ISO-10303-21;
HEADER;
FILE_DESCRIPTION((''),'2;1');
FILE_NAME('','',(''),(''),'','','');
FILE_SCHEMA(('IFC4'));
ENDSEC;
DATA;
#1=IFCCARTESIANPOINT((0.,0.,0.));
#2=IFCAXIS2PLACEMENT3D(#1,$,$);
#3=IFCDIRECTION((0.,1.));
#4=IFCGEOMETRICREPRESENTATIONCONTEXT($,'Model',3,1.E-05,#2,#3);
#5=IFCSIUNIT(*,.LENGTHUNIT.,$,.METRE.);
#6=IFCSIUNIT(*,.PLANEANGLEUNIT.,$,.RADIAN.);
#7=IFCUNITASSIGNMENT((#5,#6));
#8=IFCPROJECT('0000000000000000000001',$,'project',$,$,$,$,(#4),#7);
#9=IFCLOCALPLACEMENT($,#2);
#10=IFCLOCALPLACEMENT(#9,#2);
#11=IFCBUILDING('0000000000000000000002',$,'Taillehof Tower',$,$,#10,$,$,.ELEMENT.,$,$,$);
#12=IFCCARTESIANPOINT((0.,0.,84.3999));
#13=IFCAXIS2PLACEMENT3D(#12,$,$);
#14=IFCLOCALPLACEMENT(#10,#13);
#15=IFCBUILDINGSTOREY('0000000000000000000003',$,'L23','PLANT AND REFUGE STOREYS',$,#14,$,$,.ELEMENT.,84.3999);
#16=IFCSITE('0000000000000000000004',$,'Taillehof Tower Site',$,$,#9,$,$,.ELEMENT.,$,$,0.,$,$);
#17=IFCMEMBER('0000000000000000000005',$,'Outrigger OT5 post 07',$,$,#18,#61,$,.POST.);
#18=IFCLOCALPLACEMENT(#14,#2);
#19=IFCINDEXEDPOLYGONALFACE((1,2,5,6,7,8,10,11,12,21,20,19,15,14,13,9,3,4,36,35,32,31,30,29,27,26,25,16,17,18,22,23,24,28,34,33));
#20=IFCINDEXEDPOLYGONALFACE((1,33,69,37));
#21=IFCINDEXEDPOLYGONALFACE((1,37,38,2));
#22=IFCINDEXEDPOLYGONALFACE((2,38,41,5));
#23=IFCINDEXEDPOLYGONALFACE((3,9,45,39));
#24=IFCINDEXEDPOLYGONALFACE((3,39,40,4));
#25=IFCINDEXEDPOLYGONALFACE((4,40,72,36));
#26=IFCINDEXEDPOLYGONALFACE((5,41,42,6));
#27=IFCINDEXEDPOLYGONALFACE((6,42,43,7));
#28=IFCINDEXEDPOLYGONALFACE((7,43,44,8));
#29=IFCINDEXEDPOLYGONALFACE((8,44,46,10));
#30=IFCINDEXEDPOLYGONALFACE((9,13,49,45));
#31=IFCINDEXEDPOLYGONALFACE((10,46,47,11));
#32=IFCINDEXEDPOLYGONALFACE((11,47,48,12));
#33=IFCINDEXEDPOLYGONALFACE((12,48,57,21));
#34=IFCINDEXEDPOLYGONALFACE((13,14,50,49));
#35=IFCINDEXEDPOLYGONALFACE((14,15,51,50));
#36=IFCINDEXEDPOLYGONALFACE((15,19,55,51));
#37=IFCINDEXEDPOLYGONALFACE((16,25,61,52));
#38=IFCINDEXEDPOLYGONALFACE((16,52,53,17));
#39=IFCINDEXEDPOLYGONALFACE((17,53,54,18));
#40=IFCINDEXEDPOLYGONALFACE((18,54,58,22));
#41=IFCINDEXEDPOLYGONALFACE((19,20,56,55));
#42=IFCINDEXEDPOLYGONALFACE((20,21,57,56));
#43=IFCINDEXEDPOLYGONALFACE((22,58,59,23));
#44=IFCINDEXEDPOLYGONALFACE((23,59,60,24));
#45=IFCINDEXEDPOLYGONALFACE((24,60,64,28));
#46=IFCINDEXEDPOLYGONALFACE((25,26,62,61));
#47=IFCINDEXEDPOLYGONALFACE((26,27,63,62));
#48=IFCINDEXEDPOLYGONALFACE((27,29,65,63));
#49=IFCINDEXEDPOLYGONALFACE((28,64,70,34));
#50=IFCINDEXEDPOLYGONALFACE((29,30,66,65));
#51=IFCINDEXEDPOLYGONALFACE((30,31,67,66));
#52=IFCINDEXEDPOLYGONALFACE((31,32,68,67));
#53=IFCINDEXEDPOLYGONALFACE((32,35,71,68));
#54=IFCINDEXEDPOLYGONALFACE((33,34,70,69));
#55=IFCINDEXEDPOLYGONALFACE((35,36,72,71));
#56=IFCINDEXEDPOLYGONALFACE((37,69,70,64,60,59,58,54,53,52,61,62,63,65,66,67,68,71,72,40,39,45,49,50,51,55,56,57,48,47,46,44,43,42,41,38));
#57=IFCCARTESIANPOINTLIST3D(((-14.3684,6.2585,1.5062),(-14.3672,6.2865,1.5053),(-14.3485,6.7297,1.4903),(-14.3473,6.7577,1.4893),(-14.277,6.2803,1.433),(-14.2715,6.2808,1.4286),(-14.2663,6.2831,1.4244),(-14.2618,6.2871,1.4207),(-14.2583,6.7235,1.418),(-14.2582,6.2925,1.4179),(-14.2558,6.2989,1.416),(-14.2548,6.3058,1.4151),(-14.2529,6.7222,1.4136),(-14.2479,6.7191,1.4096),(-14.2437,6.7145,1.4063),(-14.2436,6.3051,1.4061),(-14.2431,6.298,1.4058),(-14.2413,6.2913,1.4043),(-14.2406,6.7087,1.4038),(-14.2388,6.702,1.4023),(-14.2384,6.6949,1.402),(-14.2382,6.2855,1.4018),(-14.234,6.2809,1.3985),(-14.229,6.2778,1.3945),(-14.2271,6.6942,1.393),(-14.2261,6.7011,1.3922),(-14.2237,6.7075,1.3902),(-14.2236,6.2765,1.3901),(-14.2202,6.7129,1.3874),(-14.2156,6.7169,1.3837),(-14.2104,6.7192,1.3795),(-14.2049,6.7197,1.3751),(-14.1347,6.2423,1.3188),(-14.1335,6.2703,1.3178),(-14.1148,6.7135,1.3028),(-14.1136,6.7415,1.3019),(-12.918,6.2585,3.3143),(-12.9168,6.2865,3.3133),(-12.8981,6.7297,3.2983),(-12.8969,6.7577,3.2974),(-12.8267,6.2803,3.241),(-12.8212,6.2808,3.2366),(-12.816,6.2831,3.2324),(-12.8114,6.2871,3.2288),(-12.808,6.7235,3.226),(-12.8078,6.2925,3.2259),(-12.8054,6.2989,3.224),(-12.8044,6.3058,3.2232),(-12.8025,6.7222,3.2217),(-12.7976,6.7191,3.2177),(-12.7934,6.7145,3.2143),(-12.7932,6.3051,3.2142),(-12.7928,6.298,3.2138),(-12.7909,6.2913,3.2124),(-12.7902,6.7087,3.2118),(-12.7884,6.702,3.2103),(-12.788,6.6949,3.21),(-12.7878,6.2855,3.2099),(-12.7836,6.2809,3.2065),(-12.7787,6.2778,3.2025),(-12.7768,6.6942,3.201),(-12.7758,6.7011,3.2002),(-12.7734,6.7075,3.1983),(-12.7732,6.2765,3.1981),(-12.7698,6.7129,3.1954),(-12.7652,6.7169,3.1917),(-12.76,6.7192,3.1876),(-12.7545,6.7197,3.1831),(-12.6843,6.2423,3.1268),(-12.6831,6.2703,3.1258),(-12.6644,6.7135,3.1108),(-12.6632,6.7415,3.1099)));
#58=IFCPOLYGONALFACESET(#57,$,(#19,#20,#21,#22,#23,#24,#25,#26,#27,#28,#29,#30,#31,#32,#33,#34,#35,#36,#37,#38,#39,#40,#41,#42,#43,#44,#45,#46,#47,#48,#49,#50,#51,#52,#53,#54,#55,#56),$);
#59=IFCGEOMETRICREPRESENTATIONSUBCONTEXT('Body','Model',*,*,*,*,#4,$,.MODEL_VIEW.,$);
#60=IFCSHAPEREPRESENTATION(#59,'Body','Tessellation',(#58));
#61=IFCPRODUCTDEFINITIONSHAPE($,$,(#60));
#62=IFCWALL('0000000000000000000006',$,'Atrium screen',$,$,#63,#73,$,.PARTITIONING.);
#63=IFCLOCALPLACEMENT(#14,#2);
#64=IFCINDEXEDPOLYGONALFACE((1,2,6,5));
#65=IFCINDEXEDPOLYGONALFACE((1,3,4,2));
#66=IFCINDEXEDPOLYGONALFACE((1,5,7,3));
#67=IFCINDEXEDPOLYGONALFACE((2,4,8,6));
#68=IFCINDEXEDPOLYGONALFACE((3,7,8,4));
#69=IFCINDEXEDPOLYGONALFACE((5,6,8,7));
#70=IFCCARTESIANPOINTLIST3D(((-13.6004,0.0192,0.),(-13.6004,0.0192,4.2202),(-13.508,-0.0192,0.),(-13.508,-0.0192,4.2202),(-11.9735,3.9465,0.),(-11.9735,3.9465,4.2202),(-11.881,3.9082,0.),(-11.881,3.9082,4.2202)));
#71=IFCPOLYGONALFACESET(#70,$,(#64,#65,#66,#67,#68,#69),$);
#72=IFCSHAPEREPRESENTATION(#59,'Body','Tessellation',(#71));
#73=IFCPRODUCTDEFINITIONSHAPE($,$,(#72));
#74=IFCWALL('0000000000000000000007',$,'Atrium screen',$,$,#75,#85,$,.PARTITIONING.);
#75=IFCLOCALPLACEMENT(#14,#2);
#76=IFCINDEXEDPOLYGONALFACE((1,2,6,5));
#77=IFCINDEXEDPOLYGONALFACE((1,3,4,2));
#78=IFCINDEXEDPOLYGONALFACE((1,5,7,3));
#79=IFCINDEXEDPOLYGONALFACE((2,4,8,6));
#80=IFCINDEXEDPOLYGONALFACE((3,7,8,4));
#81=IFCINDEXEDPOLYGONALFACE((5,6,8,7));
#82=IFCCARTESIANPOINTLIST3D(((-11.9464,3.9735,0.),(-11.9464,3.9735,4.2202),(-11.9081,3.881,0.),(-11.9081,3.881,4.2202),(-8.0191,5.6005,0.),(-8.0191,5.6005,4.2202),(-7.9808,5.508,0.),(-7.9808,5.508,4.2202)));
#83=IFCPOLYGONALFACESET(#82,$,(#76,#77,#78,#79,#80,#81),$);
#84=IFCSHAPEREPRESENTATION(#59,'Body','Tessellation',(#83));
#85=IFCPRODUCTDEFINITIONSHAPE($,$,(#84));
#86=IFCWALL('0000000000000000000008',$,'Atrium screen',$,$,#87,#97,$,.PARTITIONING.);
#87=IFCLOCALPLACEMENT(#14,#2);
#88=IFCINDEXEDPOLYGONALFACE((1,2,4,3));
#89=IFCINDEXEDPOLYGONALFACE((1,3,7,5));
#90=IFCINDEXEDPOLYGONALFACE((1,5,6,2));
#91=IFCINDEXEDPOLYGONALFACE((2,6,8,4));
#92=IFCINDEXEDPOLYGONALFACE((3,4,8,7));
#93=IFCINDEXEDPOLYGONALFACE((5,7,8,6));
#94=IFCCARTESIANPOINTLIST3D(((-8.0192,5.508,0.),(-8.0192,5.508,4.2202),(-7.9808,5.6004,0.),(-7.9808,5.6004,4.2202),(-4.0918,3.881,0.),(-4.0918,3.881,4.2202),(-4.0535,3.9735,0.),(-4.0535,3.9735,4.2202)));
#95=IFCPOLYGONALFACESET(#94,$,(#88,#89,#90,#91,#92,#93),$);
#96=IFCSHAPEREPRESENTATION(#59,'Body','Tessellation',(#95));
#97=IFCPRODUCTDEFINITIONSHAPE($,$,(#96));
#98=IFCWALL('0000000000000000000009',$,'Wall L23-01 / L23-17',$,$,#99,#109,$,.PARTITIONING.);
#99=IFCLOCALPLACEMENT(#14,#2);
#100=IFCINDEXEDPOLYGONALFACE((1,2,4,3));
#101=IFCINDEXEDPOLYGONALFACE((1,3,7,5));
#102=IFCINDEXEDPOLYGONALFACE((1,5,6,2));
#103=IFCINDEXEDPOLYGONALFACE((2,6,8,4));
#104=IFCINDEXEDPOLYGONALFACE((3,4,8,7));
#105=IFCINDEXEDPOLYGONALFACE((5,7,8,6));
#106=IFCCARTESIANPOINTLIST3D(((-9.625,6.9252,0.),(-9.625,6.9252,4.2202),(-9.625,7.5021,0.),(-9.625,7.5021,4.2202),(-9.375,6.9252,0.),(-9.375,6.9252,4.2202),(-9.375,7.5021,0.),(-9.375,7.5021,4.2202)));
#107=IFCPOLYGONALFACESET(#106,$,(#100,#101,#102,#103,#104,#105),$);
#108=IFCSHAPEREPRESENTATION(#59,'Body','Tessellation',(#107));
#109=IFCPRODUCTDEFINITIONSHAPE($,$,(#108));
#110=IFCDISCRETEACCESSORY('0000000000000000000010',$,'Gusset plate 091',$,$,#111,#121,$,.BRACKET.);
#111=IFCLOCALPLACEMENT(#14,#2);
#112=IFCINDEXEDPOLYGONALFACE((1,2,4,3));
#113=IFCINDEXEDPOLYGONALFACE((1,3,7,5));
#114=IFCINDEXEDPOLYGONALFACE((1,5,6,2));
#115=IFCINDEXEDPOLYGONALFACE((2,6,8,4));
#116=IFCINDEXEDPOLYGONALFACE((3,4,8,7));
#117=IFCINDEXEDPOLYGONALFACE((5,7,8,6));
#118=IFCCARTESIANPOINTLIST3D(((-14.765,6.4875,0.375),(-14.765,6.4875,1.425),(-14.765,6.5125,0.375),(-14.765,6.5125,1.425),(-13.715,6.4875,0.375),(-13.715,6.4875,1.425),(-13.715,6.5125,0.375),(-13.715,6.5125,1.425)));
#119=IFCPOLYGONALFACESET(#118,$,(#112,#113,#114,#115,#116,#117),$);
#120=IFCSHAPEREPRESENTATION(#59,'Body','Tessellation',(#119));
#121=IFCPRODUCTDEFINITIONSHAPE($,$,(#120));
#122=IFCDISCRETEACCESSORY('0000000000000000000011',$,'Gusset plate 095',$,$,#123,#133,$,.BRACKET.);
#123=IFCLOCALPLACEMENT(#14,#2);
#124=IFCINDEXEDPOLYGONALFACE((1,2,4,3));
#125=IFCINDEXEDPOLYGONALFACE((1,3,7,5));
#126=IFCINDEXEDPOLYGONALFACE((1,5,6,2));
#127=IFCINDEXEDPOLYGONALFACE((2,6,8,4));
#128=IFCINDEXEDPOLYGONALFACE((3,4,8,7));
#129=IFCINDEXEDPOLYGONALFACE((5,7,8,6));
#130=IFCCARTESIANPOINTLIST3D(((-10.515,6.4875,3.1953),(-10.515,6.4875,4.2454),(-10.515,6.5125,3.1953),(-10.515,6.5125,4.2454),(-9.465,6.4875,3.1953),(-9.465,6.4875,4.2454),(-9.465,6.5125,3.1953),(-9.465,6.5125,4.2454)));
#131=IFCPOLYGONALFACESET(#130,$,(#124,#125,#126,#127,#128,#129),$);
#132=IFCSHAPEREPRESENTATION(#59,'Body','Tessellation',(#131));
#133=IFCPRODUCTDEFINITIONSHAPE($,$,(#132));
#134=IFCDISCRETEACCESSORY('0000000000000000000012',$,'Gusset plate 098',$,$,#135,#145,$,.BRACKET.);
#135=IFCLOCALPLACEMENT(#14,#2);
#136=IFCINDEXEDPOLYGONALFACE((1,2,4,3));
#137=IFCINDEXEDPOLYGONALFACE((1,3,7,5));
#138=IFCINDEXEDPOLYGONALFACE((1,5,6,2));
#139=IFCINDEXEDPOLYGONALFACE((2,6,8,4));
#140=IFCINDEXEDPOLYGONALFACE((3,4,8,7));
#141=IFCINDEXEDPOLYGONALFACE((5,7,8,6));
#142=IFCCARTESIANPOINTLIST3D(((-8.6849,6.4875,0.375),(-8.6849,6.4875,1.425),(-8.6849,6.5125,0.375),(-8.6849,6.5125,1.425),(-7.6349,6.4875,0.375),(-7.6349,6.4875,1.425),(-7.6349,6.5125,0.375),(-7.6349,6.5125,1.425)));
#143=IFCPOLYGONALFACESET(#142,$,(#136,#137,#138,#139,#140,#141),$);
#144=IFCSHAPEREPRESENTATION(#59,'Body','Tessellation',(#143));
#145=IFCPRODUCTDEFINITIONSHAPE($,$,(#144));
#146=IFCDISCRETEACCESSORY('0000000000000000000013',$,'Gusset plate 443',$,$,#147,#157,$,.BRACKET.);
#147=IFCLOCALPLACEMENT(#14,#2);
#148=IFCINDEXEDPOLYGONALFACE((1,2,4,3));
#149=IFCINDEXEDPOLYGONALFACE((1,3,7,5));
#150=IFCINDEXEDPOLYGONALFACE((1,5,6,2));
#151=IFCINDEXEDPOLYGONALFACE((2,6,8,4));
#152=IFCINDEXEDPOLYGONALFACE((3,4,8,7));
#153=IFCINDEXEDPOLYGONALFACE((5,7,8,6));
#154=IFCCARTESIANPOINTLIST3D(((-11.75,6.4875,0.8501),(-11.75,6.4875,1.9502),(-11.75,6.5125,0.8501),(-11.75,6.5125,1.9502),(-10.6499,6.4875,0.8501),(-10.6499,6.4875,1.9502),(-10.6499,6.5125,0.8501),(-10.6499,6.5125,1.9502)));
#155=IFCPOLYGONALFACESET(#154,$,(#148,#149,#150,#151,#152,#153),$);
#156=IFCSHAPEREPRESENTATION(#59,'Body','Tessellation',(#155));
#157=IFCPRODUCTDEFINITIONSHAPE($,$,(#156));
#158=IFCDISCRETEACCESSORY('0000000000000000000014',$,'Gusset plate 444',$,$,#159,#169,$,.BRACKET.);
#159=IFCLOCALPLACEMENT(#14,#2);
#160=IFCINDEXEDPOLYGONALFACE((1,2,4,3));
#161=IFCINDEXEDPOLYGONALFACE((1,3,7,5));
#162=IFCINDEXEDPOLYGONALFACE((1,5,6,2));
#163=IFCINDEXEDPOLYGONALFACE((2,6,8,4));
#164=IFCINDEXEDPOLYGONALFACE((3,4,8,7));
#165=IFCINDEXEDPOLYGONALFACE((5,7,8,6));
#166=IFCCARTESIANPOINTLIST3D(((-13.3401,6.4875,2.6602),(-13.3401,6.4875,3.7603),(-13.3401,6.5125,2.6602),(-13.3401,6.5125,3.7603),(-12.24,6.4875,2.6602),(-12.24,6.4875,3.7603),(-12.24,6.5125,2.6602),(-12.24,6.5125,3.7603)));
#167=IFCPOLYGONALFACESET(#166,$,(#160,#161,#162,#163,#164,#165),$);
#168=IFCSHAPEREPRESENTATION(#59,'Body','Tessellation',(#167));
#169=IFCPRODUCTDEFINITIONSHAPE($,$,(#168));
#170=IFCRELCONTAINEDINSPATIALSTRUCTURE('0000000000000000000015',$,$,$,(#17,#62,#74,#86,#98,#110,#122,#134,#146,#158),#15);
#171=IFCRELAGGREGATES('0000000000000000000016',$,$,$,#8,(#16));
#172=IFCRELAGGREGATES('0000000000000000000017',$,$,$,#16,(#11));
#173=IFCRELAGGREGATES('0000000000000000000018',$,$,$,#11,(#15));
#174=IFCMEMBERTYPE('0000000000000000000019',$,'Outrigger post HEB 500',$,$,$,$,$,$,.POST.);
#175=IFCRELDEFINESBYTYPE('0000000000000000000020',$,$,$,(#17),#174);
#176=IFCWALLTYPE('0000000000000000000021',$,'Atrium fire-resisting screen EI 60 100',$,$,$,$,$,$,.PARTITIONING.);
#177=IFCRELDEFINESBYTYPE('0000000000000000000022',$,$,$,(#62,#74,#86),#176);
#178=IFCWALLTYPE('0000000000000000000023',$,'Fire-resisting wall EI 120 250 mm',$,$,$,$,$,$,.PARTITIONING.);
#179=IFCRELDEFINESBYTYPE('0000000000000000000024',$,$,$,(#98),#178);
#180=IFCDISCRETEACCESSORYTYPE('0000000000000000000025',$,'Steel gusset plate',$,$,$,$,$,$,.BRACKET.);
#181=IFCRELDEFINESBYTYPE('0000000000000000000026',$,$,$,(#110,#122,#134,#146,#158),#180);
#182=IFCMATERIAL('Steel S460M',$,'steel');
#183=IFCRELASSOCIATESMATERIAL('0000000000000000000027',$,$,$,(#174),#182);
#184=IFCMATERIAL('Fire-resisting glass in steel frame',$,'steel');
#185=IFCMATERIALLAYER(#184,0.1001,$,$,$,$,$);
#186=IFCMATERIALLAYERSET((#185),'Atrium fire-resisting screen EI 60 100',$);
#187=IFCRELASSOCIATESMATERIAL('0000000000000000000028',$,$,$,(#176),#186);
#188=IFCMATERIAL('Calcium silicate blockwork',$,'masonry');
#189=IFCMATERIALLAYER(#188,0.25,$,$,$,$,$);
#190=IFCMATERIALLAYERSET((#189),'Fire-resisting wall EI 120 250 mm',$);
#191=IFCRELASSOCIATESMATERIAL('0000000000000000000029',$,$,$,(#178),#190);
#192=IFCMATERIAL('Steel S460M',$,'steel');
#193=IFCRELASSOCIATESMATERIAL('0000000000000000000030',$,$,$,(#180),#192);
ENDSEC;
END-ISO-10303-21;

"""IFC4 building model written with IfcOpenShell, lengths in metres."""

from ifc_helpers import new_model, si_unit, direction, frame, frame_2d, origin, origin_2d, place, context, subcontext, project, spatial, rectangle, i_section, extrude, material, layer, layer_set, material_profile, profile_set, type_object, element, save


model = new_model("IFC4")

# Units and contexts
model_context = context("Model", 3, precision=1e-05, world=origin(), true_north=direction((0.0, 1.0)))
body_context = subcontext(model_context, "Body", "Model", "MODEL_VIEW")
ifc_project = project(units=[si_unit("LENGTHUNIT", "METRE"), si_unit("PLANEANGLEUNIT", "RADIAN")], contexts=[model_context])

# Site, building, storey
site_placement = place(None, origin())
site = spatial("IfcSite", under=ifc_project, at=site_placement, Name="Taillehof Tower Site", CompositionType="ELEMENT", RefElevation=0.0)
building_placement = place(site_placement, origin())
building = spatial("IfcBuilding", under=site, at=building_placement, Name="Taillehof Tower", CompositionType="ELEMENT")
storey_placement = place(building_placement, frame((0.0, 0.0, 84.3999)))
storey = spatial("IfcBuildingStorey", under=building, at=storey_placement, Name="L23", Description="PLANT AND REFUGE STOREYS", CompositionType="ELEMENT", Elevation=84.3999)

# Member
ifc_material_1 = material(Name="Steel S460M", Category="steel")
ifc_material_profile_1 = material_profile(ifc_material_1, i_section(OverallWidth=0.3, OverallDepth=0.5, WebThickness=0.0144, FlangeThickness=0.0281, FilletRadius=0.0271, at=origin_2d()), Name="HEB 500")
ifc_profile_set_1 = profile_set([ifc_material_profile_1], Name="Steel S460M")
member_type_1 = type_object("IfcMemberType", Name="Outrigger post HEB 500", PredefinedType="POST", material=ifc_profile_set_1)
member_1_placement = place(storey_placement, frame((-14.241, 6.5, 1.4041), z_axis=(0.625735, 0.0, 0.780036), x_axis=(-0.778896, 0.054032, 0.624821)))
element("IfcMember", 1, at=member_1_placement, inside=storey, type_object=member_type_1, Name="Outrigger OT5 post 07", PredefinedType="POST", context=body_context, shape_type="SweptSolid", body=[
    extrude(i_section(OverallWidth=0.3, OverallDepth=0.5, WebThickness=0.0144, FlangeThickness=0.0281, FilletRadius=0.0271, at=origin_2d()), origin(), (0.0, 0.0, 1.0), 2.3179),
])

# Walls
ifc_material_2 = material(Name="Fire-resisting glass in steel frame", Category="steel")
ifc_layer_1 = layer(ifc_material_2, 0.1001)
ifc_layer_set_1 = layer_set([ifc_layer_1], Name="Atrium fire-resisting screen EI 60 100")
wall_type_1 = type_object("IfcWallType", Name="Atrium fire-resisting screen EI 60 100", PredefinedType="PARTITIONING", material=ifc_layer_set_1)
for number, where, z_axis, x_axis, name in (
    (2, (-13.5542, 0.0, 0.0), (0.0, 0.0, 1.0), (0.382731, 0.92386, 0.0), "Atrium screen"),
    (3, (-11.9272, 3.9272, 0.0), (0.0, 0.0, 1.0), (0.92386, 0.382731, 0.0), "Atrium screen"),
    (4, (-8.0, 5.5542, 0.0), (0.0, 0.0, 1.0), (0.92386, -0.382731, 0.0), "Atrium screen"),
):
    element("IfcWall", number, at=place(storey_placement, frame(where, z_axis=z_axis, x_axis=x_axis)), inside=storey, type_object=wall_type_1, Name=name, PredefinedType="PARTITIONING", context=body_context, shape_type="SweptSolid", body=[
        extrude(rectangle(XDim=4.251, YDim=0.1001, at=frame_2d((2.1255, 0.0))), origin(), (0.0, 0.0, 1.0), 4.2202),
    ])
ifc_material_3 = material(Name="Calcium silicate blockwork", Category="masonry")
ifc_layer_2 = layer(ifc_material_3, 0.25)
ifc_layer_set_2 = layer_set([ifc_layer_2], Name="Fire-resisting wall EI 120 250 mm")
wall_type_2 = type_object("IfcWallType", Name="Fire-resisting wall EI 120 250 mm", PredefinedType="PARTITIONING", material=ifc_layer_set_2)
wall_placement = place(storey_placement, frame((-9.5, 6.925, 0.0), z_axis=(0.0, 0.0, 1.0), x_axis=(0.0, 1.0, 0.0)))
element("IfcWall", 5, at=wall_placement, inside=storey, type_object=wall_type_2, Name="Wall L23-01 / L23-17", PredefinedType="PARTITIONING", context=body_context, shape_type="SweptSolid", body=[
    extrude(rectangle(XDim=0.5769, YDim=0.25, at=frame_2d((0.2886, 0.0))), origin(), (0.0, 0.0, 1.0), 4.2202),
])

# Discrete accessories
ifc_material_4 = material(Name="Steel S460M", Category="steel")
discrete_accessory_type = type_object("IfcDiscreteAccessoryType", Name="Steel gusset plate", PredefinedType="BRACKET", material=ifc_material_4)
for number, where, z_axis, x_axis, name in (
    (6, (-14.24, 6.5, 0.375), (0.0, 0.0, 1.0), (-1.0, 0.0, 0.0), "Gusset plate 091"),
    (7, (-9.99, 6.5, 3.1953), (0.0, 0.0, 1.0), (-1.0, 0.0, 0.0), "Gusset plate 095"),
    (8, (-8.1599, 6.5, 0.375), (0.0, 0.0, 1.0), (-1.0, 0.0, 0.0), "Gusset plate 098"),
):
    element("IfcDiscreteAccessory", number, at=place(storey_placement, frame(where, z_axis=z_axis, x_axis=x_axis)), inside=storey, type_object=discrete_accessory_type, Name=name, PredefinedType="BRACKET", context=body_context, shape_type="SweptSolid", body=[
        extrude(rectangle(XDim=1.05, YDim=0.0249, at=origin_2d()), origin(), (0.0, 0.0, 1.0), 1.05),
    ])
for number, where, z_axis, x_axis, name in (
    (9, (-11.2, 6.5, 0.8501), (0.0, 0.0, 1.0), (1.0, 0.0, 0.0), "Gusset plate 443"),
    (10, (-12.79, 6.5, 2.6602), (0.0, 0.0, 1.0), (1.0, 0.0, 0.0), "Gusset plate 444"),
):
    element("IfcDiscreteAccessory", number, at=place(storey_placement, frame(where, z_axis=z_axis, x_axis=x_axis)), inside=storey, type_object=discrete_accessory_type, Name=name, PredefinedType="BRACKET", context=body_context, shape_type="SweptSolid", body=[
        extrude(rectangle(XDim=1.1001, YDim=0.0249, at=origin_2d()), origin(), (0.0, 0.0, 1.0), 1.1001),
    ])

save(model, "model.ifc")
